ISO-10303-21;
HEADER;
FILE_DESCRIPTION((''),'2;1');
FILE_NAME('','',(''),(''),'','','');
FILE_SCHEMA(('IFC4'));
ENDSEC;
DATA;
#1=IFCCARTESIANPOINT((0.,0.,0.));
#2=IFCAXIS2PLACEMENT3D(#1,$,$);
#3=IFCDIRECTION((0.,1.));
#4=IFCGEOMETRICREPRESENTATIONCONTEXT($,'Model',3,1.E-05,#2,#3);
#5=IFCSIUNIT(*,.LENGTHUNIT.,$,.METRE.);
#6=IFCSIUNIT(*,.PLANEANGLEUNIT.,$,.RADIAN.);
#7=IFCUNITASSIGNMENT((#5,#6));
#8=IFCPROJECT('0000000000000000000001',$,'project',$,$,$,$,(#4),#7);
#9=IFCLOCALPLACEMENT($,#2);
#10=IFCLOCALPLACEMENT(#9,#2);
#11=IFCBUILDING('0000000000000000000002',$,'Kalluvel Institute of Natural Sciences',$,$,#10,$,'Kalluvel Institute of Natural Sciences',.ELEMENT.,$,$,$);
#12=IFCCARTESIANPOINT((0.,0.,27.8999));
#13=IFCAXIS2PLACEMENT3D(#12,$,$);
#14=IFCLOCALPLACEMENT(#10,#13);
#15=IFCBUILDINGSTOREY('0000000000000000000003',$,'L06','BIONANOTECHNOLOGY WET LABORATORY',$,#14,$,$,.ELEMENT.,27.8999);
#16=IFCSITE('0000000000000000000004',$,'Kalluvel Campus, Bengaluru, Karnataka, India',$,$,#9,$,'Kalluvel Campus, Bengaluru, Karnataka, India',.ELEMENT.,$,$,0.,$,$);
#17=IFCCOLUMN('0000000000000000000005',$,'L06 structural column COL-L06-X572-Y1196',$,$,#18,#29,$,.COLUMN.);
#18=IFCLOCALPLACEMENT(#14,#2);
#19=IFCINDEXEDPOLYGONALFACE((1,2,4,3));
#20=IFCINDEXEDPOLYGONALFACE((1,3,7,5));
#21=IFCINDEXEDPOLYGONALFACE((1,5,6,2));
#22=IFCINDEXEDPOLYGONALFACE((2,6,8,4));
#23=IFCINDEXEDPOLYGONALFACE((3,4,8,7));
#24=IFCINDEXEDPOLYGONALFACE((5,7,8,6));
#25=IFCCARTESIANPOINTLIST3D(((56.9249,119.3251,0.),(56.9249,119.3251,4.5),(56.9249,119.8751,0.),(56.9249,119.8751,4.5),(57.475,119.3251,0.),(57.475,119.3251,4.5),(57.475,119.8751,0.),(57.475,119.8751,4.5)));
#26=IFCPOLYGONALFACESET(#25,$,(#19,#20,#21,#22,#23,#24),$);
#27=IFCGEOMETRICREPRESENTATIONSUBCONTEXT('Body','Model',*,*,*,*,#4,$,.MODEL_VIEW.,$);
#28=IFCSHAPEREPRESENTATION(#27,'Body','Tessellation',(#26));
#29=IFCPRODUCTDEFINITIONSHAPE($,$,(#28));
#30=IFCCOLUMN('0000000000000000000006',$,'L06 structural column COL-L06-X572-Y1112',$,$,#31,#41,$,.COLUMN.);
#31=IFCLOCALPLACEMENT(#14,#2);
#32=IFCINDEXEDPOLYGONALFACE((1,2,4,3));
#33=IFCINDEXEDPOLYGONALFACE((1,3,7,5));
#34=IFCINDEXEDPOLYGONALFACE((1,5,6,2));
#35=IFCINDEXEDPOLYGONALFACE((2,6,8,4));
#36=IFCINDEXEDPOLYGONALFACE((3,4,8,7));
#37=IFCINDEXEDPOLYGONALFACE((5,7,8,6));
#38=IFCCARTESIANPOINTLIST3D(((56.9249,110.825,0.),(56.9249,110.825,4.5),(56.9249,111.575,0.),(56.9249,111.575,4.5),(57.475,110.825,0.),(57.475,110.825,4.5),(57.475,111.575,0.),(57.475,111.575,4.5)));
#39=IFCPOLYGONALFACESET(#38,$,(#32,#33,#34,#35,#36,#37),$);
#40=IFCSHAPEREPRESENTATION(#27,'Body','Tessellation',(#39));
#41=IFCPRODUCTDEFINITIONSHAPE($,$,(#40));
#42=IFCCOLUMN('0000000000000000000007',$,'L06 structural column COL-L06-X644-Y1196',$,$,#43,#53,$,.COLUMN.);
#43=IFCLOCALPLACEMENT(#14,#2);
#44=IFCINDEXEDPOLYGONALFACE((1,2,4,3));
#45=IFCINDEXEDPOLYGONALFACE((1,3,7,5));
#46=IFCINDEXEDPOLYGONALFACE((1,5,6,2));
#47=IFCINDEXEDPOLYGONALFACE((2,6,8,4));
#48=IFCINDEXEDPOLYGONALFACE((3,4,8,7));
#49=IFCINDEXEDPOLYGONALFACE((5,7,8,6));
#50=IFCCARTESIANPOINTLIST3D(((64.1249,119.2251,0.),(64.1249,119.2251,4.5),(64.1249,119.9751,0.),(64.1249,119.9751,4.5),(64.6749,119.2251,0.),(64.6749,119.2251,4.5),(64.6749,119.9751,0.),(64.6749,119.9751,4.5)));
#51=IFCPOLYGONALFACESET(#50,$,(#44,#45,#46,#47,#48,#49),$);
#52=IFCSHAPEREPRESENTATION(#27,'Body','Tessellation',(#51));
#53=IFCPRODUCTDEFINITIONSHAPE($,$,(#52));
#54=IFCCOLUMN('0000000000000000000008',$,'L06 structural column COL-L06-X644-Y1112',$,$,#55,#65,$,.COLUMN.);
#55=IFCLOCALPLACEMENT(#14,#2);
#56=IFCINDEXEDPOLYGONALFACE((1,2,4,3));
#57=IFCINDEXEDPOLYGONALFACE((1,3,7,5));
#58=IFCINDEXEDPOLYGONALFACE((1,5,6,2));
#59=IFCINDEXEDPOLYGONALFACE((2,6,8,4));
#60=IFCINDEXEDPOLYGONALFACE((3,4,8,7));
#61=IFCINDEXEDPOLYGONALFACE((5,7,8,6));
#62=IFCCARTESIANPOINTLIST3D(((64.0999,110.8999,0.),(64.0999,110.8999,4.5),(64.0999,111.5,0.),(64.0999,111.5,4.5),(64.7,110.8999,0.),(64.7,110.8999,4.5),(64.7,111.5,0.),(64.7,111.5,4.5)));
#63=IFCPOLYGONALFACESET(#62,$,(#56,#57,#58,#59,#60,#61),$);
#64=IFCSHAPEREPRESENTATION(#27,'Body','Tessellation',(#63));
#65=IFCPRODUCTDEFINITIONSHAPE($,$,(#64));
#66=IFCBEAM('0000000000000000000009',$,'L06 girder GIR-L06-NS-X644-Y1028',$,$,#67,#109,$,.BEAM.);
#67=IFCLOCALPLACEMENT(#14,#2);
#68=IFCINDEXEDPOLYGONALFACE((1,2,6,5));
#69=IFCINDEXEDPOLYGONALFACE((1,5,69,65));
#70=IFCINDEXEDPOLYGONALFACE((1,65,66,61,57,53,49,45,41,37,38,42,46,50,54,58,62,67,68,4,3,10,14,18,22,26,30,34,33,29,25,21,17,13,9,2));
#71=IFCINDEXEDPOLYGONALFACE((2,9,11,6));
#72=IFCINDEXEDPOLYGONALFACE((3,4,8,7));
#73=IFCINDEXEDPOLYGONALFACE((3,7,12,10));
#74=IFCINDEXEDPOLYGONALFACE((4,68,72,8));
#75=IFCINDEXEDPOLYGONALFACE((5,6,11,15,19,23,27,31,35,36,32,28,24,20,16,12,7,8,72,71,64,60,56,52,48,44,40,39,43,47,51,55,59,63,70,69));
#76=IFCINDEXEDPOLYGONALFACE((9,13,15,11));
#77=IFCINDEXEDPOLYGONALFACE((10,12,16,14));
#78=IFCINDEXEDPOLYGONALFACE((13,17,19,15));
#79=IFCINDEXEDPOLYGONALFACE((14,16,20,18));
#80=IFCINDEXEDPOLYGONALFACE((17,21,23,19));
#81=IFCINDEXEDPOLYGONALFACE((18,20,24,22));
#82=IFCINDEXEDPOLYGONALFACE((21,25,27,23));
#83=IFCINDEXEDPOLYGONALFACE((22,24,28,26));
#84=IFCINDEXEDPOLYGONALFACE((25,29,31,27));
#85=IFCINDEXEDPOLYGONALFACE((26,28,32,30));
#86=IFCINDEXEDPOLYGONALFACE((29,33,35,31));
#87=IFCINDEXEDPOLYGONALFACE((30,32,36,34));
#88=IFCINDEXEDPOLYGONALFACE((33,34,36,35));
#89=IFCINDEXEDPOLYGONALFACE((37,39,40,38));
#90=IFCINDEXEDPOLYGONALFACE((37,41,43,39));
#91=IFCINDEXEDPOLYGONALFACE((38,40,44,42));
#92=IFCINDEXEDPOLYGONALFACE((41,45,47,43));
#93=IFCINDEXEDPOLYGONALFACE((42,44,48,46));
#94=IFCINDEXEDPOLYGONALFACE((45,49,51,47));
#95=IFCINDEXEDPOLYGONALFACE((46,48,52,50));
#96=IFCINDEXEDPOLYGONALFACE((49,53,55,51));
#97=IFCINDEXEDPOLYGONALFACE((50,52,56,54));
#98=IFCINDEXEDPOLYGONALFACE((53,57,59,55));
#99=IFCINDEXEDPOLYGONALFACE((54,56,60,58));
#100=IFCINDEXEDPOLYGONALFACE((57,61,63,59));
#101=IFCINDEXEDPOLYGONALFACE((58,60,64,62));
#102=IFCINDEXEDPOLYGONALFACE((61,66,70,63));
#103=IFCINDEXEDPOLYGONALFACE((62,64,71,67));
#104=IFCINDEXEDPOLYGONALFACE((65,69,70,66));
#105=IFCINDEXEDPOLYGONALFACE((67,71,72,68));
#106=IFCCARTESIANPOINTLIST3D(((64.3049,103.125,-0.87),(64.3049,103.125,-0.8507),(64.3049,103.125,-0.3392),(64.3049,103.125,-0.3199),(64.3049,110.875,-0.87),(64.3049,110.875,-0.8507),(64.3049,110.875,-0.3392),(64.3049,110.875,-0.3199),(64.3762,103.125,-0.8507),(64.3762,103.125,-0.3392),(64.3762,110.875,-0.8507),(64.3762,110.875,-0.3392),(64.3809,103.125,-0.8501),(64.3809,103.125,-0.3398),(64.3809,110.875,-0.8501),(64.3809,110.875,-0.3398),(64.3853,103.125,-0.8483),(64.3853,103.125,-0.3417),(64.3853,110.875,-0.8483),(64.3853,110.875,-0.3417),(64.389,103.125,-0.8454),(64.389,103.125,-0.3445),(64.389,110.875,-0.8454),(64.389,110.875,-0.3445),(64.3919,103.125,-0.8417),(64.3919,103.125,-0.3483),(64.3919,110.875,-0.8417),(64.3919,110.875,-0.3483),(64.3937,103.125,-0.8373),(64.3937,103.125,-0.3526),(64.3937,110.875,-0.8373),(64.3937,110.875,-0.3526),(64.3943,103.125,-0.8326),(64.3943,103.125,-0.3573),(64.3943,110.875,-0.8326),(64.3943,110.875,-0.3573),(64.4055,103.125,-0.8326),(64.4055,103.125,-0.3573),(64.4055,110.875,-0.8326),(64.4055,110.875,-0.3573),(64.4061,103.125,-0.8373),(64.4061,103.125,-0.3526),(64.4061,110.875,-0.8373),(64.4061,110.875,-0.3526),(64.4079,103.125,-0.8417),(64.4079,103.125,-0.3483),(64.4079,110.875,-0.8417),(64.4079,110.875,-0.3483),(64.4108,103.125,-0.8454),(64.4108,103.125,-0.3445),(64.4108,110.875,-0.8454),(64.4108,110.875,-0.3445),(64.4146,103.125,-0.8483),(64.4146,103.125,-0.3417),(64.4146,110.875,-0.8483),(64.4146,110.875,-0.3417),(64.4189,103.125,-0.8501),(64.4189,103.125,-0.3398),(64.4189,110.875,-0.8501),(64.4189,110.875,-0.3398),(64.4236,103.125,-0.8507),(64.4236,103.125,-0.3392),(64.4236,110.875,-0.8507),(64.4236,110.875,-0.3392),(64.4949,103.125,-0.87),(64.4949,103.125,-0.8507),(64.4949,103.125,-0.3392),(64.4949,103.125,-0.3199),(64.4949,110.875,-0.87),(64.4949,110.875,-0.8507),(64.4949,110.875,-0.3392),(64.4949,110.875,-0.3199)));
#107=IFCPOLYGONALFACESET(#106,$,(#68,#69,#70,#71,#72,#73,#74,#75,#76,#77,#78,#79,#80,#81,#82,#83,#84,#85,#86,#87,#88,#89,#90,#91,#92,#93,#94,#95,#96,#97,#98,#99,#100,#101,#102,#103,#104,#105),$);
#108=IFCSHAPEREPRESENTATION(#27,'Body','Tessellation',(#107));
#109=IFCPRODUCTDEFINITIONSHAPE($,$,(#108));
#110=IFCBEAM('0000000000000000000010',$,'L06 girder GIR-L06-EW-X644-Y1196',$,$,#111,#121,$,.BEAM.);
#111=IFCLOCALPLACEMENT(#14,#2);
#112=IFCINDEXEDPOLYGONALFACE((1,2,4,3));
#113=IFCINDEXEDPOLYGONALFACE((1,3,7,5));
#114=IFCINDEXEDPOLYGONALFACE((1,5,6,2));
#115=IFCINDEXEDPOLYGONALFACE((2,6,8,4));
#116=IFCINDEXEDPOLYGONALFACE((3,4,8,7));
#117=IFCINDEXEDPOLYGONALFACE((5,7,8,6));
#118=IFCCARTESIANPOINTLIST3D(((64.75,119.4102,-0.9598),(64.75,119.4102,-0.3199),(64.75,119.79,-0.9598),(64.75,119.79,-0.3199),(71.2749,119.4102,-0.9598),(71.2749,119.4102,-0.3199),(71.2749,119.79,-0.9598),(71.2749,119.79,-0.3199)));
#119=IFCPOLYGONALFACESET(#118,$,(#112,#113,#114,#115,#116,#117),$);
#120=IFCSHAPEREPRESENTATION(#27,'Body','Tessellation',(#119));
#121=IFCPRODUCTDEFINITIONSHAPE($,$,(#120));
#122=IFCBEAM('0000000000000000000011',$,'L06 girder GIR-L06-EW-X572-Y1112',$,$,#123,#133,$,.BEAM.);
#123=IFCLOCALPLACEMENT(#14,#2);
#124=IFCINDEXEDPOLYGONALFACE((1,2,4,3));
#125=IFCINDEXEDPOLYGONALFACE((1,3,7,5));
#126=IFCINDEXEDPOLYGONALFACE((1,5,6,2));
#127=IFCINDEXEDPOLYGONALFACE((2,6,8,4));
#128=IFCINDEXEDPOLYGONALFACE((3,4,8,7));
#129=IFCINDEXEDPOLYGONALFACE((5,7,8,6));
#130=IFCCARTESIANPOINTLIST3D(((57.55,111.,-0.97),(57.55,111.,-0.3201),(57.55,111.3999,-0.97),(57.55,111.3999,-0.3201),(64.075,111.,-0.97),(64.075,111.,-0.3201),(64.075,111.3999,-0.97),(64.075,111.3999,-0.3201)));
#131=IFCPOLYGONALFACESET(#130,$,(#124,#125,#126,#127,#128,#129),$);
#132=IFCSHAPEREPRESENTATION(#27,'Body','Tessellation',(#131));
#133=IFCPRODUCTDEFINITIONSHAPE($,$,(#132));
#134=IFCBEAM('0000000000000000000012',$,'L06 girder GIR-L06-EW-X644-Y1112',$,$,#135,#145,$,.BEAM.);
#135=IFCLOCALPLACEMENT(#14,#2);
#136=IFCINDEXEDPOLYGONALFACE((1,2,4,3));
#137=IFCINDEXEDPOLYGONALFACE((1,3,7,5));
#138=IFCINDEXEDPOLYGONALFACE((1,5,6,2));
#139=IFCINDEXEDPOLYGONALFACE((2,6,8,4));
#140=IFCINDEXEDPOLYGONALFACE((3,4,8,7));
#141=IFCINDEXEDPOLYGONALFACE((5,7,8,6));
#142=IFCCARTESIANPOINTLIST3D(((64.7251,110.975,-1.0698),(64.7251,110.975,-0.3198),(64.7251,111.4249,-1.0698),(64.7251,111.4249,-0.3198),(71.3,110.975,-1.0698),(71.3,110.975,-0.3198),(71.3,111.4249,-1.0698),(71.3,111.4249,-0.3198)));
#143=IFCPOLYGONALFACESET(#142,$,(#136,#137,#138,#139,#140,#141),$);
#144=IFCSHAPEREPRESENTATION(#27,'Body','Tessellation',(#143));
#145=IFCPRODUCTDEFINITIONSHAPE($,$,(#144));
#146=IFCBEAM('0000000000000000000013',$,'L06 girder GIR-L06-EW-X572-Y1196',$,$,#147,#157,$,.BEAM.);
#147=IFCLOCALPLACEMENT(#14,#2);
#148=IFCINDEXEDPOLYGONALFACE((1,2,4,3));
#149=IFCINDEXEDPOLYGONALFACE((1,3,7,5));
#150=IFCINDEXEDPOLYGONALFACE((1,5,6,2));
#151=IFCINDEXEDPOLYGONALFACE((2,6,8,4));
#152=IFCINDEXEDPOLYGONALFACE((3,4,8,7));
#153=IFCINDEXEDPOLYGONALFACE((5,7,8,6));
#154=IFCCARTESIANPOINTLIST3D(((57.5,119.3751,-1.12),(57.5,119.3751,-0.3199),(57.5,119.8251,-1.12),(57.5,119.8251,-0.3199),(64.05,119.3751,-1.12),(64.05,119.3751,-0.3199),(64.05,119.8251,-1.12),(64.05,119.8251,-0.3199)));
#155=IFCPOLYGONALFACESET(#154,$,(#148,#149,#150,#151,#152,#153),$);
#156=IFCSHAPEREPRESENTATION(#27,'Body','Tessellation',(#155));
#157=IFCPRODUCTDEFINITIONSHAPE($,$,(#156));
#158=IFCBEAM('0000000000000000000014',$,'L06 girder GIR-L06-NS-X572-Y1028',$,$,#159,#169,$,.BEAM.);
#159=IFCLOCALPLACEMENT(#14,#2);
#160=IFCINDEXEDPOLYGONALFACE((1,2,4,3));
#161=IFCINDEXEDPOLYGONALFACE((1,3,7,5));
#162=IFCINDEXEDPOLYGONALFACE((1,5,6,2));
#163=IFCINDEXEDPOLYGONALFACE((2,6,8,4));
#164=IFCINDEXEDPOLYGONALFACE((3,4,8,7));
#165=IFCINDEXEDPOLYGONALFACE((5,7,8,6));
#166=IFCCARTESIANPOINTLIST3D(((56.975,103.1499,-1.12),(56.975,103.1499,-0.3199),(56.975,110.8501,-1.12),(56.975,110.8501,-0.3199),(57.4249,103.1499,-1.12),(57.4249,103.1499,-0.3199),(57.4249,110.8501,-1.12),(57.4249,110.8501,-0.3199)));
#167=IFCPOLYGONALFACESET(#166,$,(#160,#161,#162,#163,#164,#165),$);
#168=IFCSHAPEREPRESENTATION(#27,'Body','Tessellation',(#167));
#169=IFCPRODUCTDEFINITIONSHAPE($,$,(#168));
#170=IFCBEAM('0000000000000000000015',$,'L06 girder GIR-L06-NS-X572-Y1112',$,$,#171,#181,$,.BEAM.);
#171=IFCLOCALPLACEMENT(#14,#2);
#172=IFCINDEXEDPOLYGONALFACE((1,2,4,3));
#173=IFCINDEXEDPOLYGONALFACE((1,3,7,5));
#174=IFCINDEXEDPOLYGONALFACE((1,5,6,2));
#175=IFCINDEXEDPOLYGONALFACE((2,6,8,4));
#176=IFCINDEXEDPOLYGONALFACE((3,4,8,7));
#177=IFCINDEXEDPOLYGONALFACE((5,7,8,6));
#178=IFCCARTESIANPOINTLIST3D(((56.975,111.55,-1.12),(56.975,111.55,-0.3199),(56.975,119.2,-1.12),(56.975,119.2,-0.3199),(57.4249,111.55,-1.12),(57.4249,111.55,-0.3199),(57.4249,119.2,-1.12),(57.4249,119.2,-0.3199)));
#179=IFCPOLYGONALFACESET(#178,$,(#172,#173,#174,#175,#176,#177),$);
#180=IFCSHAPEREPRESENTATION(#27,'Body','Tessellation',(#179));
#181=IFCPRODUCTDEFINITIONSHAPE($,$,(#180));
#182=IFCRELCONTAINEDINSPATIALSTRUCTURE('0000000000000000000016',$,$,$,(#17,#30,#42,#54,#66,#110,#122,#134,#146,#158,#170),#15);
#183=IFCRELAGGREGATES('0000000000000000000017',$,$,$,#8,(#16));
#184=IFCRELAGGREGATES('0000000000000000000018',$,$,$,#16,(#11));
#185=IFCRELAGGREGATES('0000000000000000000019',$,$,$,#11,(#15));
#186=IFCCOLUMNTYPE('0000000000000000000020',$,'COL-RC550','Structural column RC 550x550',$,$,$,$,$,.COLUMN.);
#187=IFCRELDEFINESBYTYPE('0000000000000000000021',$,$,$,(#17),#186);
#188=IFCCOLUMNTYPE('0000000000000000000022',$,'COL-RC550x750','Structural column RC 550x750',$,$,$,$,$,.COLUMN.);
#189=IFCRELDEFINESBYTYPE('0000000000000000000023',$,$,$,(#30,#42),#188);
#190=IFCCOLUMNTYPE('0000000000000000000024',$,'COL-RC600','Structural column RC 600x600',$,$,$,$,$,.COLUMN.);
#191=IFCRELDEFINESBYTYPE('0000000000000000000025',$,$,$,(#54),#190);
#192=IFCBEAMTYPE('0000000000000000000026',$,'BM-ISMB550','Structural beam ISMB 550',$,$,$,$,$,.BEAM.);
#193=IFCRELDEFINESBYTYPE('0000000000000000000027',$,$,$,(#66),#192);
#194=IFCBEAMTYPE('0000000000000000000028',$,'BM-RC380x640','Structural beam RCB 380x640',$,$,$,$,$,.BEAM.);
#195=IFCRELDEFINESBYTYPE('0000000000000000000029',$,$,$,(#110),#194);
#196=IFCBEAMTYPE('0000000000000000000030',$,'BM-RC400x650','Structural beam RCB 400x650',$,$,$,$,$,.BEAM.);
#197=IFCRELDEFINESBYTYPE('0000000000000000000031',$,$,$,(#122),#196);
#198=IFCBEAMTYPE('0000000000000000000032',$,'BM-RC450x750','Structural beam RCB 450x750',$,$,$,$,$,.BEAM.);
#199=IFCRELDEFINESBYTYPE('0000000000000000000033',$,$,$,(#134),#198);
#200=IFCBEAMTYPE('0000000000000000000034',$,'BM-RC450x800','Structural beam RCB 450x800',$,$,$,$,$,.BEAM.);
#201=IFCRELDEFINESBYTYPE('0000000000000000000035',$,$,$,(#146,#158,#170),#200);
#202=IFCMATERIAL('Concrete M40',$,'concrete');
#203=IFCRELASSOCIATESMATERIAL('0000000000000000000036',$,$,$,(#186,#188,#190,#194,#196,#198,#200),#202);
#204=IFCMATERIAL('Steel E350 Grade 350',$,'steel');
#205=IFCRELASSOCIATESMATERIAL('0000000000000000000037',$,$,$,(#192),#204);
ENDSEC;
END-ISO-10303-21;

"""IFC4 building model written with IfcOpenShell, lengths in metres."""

from ifc_helpers import new_model, si_unit, direction, frame, origin, origin_2d, place, context, subcontext, project, spatial, rectangle, i_section, extrude, material, material_profile, profile_set, type_object, element, save


model = new_model("IFC4")

# Units and contexts
model_context = context("Model", 3, precision=1e-05, world=origin(), true_north=direction((0.0, 1.0)))
body_context = subcontext(model_context, "Body", "Model", "MODEL_VIEW")
ifc_project = project(units=[si_unit("LENGTHUNIT", "METRE"), si_unit("PLANEANGLEUNIT", "RADIAN")], contexts=[model_context])

# Site, building, storey
site_placement = place(None, origin())
site = spatial("IfcSite", under=ifc_project, at=site_placement, Name="Kalluvel Campus, Bengaluru, Karnataka, India", LongName="Kalluvel Campus, Bengaluru, Karnataka, India", CompositionType="ELEMENT", RefElevation=0.0)
building_placement = place(site_placement, origin())
building = spatial("IfcBuilding", under=site, at=building_placement, Name="Kalluvel Institute of Natural Sciences", LongName="Kalluvel Institute of Natural Sciences", CompositionType="ELEMENT")
storey_placement = place(building_placement, frame((0.0, 0.0, 27.8999)))
storey = spatial("IfcBuildingStorey", under=building, at=storey_placement, Name="L06", Description="BIONANOTECHNOLOGY WET LABORATORY", CompositionType="ELEMENT", Elevation=27.8999)

# Columns
ifc_material_1 = material(Name="Concrete M40", Category="concrete")
ifc_material_profile_1 = material_profile(ifc_material_1, rectangle(XDim=0.55, YDim=0.55, at=origin_2d()), Name="RC 550x550")
ifc_profile_set_1 = profile_set([ifc_material_profile_1], Name="Concrete M40")
column_type_1 = type_object("IfcColumnType", Name="COL-RC550", Description="Structural column RC 550x550", PredefinedType="COLUMN", material=ifc_profile_set_1)
column_1_placement = place(storey_placement, frame((57.2, 119.6001, 0.0), z_axis=(0.0, 0.0, 1.0), x_axis=(1.0, 0.0, 0.0)))
element("IfcColumn", 1, at=column_1_placement, inside=storey, type_object=column_type_1, Name="L06 structural column COL-L06-X572-Y1196", PredefinedType="COLUMN", context=body_context, shape_type="SweptSolid", body=[
    extrude(rectangle(XDim=0.55, YDim=0.55, at=origin_2d()), origin(), (0.0, 0.0, 1.0), 4.5),
])
ifc_material_profile_2 = material_profile(ifc_material_1, rectangle(XDim=0.55, YDim=0.75, at=origin_2d()), Name="RC 550x750")
ifc_profile_set_2 = profile_set([ifc_material_profile_2], Name="Concrete M40")
column_type_2 = type_object("IfcColumnType", Name="COL-RC550x750", Description="Structural column RC 550x750", PredefinedType="COLUMN", material=ifc_profile_set_2)
for number, where, z_axis, x_axis, name in (
    (2, (57.2, 111.2, 0.0), (0.0, 0.0, 1.0), (1.0, 0.0, 0.0), "L06 structural column COL-L06-X572-Y1112"),
    (3, (64.3999, 119.6001, 0.0), (0.0, 0.0, 1.0), (1.0, 0.0, 0.0), "L06 structural column COL-L06-X644-Y1196"),
):
    element("IfcColumn", number, at=place(storey_placement, frame(where, z_axis=z_axis, x_axis=x_axis)), inside=storey, type_object=column_type_2, Name=name, PredefinedType="COLUMN", context=body_context, shape_type="SweptSolid", body=[
        extrude(rectangle(XDim=0.55, YDim=0.75, at=origin_2d()), origin(), (0.0, 0.0, 1.0), 4.5),
    ])
ifc_material_profile_3 = material_profile(ifc_material_1, rectangle(XDim=0.6001, YDim=0.6001, at=origin_2d()), Name="RC 600x600")
ifc_profile_set_3 = profile_set([ifc_material_profile_3], Name="Concrete M40")
column_type_3 = type_object("IfcColumnType", Name="COL-RC600", Description="Structural column RC 600x600", PredefinedType="COLUMN", material=ifc_profile_set_3)
column_2_placement = place(storey_placement, frame((64.3999, 111.2, 0.0), z_axis=(0.0, 0.0, 1.0), x_axis=(1.0, 0.0, 0.0)))
element("IfcColumn", 4, at=column_2_placement, inside=storey, type_object=column_type_3, Name="L06 structural column COL-L06-X644-Y1112", PredefinedType="COLUMN", context=body_context, shape_type="SweptSolid", body=[
    extrude(rectangle(XDim=0.6001, YDim=0.6001, at=origin_2d()), origin(), (0.0, 0.0, 1.0), 4.5),
])

# Beams
ifc_material_2 = material(Name="Steel E350 Grade 350", Category="steel")
ifc_material_profile_4 = material_profile(ifc_material_2, i_section(OverallWidth=0.1899, OverallDepth=0.55, WebThickness=0.0112, FlangeThickness=0.0193, FilletRadius=0.0181, at=origin_2d()), Name="ISMB 550")
ifc_profile_set_4 = profile_set([ifc_material_profile_4], Name="Steel E350 Grade 350")
beam_type_1 = type_object("IfcBeamType", Name="BM-ISMB550", Description="Structural beam ISMB 550", PredefinedType="BEAM", material=ifc_profile_set_4)
beam_1_placement = place(storey_placement, frame((64.3999, 103.125, -0.595), z_axis=(0.0, 1.0, 0.0), x_axis=(-1.0, 0.0, 0.0)))
element("IfcBeam", 5, at=beam_1_placement, inside=storey, type_object=beam_type_1, Name="L06 girder GIR-L06-NS-X644-Y1028", PredefinedType="BEAM", context=body_context, shape_type="SweptSolid", body=[
    extrude(i_section(OverallWidth=0.1899, OverallDepth=0.55, WebThickness=0.0112, FlangeThickness=0.0193, FilletRadius=0.0181, at=origin_2d()), origin(), (0.0, 0.0, 1.0), 7.75),
])
ifc_material_profile_5 = material_profile(ifc_material_1, rectangle(XDim=0.3799, YDim=0.6399, at=origin_2d()), Name="RCB 380x640")
ifc_profile_set_5 = profile_set([ifc_material_profile_5], Name="Concrete M40")
beam_type_2 = type_object("IfcBeamType", Name="BM-RC380x640", Description="Structural beam RCB 380x640", PredefinedType="BEAM", material=ifc_profile_set_5)
beam_2_placement = place(storey_placement, frame((64.75, 119.6001, -0.6399), z_axis=(1.0, 0.0, 0.0), x_axis=(0.0, 1.0, 0.0)))
element("IfcBeam", 6, at=beam_2_placement, inside=storey, type_object=beam_type_2, Name="L06 girder GIR-L06-EW-X644-Y1196", PredefinedType="BEAM", context=body_context, shape_type="SweptSolid", body=[
    extrude(rectangle(XDim=0.3799, YDim=0.6399, at=origin_2d()), origin(), (0.0, 0.0, 1.0), 6.5249),
])
ifc_material_profile_6 = material_profile(ifc_material_1, rectangle(XDim=0.3999, YDim=0.6499, at=origin_2d()), Name="RCB 400x650")
ifc_profile_set_6 = profile_set([ifc_material_profile_6], Name="Concrete M40")
beam_type_3 = type_object("IfcBeamType", Name="BM-RC400x650", Description="Structural beam RCB 400x650", PredefinedType="BEAM", material=ifc_profile_set_6)
beam_3_placement = place(storey_placement, frame((57.55, 111.2, -0.645), z_axis=(1.0, 0.0, 0.0), x_axis=(0.0, 1.0, 0.0)))
element("IfcBeam", 7, at=beam_3_placement, inside=storey, type_object=beam_type_3, Name="L06 girder GIR-L06-EW-X572-Y1112", PredefinedType="BEAM", context=body_context, shape_type="SweptSolid", body=[
    extrude(rectangle(XDim=0.3999, YDim=0.6499, at=origin_2d()), origin(), (0.0, 0.0, 1.0), 6.5249),
])
ifc_material_profile_7 = material_profile(ifc_material_1, rectangle(XDim=0.45, YDim=0.75, at=origin_2d()), Name="RCB 450x750")
ifc_profile_set_7 = profile_set([ifc_material_profile_7], Name="Concrete M40")
beam_type_4 = type_object("IfcBeamType", Name="BM-RC450x750", Description="Structural beam RCB 450x750", PredefinedType="BEAM", material=ifc_profile_set_7)
beam_4_placement = place(storey_placement, frame((64.7251, 111.2, -0.6948), z_axis=(1.0, 0.0, 0.0), x_axis=(0.0, 1.0, 0.0)))
element("IfcBeam", 8, at=beam_4_placement, inside=storey, type_object=beam_type_4, Name="L06 girder GIR-L06-EW-X644-Y1112", PredefinedType="BEAM", context=body_context, shape_type="SweptSolid", body=[
    extrude(rectangle(XDim=0.45, YDim=0.75, at=origin_2d()), origin(), (0.0, 0.0, 1.0), 6.575),
])
ifc_material_profile_8 = material_profile(ifc_material_1, rectangle(XDim=0.45, YDim=0.8, at=origin_2d()), Name="RCB 450x800")
ifc_profile_set_8 = profile_set([ifc_material_profile_8], Name="Concrete M40")
beam_type_5 = type_object("IfcBeamType", Name="BM-RC450x800", Description="Structural beam RCB 450x800", PredefinedType="BEAM", material=ifc_profile_set_8)
beam_5_placement = place(storey_placement, frame((57.5, 119.6001, -0.72), z_axis=(1.0, 0.0, 0.0), x_axis=(0.0, 1.0, 0.0)))
element("IfcBeam", 9, at=beam_5_placement, inside=storey, type_object=beam_type_5, Name="L06 girder GIR-L06-EW-X572-Y1196", PredefinedType="BEAM", context=body_context, shape_type="SweptSolid", body=[
    extrude(rectangle(XDim=0.45, YDim=0.8, at=origin_2d()), origin(), (0.0, 0.0, 1.0), 6.55),
])
beam_6_placement = place(storey_placement, frame((57.2, 103.1499, -0.72), z_axis=(0.0, 1.0, 0.0), x_axis=(-1.0, 0.0, 0.0)))
element("IfcBeam", 10, at=beam_6_placement, inside=storey, type_object=beam_type_5, Name="L06 girder GIR-L06-NS-X572-Y1028", PredefinedType="BEAM", context=body_context, shape_type="SweptSolid", body=[
    extrude(rectangle(XDim=0.45, YDim=0.8, at=origin_2d()), origin(), (0.0, 0.0, 1.0), 7.7002),
])
beam_7_placement = place(storey_placement, frame((57.2, 111.55, -0.72), z_axis=(0.0, 1.0, 0.0), x_axis=(-1.0, 0.0, 0.0)))
element("IfcBeam", 11, at=beam_7_placement, inside=storey, type_object=beam_type_5, Name="L06 girder GIR-L06-NS-X572-Y1112", PredefinedType="BEAM", context=body_context, shape_type="SweptSolid", body=[
    extrude(rectangle(XDim=0.45, YDim=0.8, at=origin_2d()), origin(), (0.0, 0.0, 1.0), 7.6499),
])

save(model, "model.ifc")
